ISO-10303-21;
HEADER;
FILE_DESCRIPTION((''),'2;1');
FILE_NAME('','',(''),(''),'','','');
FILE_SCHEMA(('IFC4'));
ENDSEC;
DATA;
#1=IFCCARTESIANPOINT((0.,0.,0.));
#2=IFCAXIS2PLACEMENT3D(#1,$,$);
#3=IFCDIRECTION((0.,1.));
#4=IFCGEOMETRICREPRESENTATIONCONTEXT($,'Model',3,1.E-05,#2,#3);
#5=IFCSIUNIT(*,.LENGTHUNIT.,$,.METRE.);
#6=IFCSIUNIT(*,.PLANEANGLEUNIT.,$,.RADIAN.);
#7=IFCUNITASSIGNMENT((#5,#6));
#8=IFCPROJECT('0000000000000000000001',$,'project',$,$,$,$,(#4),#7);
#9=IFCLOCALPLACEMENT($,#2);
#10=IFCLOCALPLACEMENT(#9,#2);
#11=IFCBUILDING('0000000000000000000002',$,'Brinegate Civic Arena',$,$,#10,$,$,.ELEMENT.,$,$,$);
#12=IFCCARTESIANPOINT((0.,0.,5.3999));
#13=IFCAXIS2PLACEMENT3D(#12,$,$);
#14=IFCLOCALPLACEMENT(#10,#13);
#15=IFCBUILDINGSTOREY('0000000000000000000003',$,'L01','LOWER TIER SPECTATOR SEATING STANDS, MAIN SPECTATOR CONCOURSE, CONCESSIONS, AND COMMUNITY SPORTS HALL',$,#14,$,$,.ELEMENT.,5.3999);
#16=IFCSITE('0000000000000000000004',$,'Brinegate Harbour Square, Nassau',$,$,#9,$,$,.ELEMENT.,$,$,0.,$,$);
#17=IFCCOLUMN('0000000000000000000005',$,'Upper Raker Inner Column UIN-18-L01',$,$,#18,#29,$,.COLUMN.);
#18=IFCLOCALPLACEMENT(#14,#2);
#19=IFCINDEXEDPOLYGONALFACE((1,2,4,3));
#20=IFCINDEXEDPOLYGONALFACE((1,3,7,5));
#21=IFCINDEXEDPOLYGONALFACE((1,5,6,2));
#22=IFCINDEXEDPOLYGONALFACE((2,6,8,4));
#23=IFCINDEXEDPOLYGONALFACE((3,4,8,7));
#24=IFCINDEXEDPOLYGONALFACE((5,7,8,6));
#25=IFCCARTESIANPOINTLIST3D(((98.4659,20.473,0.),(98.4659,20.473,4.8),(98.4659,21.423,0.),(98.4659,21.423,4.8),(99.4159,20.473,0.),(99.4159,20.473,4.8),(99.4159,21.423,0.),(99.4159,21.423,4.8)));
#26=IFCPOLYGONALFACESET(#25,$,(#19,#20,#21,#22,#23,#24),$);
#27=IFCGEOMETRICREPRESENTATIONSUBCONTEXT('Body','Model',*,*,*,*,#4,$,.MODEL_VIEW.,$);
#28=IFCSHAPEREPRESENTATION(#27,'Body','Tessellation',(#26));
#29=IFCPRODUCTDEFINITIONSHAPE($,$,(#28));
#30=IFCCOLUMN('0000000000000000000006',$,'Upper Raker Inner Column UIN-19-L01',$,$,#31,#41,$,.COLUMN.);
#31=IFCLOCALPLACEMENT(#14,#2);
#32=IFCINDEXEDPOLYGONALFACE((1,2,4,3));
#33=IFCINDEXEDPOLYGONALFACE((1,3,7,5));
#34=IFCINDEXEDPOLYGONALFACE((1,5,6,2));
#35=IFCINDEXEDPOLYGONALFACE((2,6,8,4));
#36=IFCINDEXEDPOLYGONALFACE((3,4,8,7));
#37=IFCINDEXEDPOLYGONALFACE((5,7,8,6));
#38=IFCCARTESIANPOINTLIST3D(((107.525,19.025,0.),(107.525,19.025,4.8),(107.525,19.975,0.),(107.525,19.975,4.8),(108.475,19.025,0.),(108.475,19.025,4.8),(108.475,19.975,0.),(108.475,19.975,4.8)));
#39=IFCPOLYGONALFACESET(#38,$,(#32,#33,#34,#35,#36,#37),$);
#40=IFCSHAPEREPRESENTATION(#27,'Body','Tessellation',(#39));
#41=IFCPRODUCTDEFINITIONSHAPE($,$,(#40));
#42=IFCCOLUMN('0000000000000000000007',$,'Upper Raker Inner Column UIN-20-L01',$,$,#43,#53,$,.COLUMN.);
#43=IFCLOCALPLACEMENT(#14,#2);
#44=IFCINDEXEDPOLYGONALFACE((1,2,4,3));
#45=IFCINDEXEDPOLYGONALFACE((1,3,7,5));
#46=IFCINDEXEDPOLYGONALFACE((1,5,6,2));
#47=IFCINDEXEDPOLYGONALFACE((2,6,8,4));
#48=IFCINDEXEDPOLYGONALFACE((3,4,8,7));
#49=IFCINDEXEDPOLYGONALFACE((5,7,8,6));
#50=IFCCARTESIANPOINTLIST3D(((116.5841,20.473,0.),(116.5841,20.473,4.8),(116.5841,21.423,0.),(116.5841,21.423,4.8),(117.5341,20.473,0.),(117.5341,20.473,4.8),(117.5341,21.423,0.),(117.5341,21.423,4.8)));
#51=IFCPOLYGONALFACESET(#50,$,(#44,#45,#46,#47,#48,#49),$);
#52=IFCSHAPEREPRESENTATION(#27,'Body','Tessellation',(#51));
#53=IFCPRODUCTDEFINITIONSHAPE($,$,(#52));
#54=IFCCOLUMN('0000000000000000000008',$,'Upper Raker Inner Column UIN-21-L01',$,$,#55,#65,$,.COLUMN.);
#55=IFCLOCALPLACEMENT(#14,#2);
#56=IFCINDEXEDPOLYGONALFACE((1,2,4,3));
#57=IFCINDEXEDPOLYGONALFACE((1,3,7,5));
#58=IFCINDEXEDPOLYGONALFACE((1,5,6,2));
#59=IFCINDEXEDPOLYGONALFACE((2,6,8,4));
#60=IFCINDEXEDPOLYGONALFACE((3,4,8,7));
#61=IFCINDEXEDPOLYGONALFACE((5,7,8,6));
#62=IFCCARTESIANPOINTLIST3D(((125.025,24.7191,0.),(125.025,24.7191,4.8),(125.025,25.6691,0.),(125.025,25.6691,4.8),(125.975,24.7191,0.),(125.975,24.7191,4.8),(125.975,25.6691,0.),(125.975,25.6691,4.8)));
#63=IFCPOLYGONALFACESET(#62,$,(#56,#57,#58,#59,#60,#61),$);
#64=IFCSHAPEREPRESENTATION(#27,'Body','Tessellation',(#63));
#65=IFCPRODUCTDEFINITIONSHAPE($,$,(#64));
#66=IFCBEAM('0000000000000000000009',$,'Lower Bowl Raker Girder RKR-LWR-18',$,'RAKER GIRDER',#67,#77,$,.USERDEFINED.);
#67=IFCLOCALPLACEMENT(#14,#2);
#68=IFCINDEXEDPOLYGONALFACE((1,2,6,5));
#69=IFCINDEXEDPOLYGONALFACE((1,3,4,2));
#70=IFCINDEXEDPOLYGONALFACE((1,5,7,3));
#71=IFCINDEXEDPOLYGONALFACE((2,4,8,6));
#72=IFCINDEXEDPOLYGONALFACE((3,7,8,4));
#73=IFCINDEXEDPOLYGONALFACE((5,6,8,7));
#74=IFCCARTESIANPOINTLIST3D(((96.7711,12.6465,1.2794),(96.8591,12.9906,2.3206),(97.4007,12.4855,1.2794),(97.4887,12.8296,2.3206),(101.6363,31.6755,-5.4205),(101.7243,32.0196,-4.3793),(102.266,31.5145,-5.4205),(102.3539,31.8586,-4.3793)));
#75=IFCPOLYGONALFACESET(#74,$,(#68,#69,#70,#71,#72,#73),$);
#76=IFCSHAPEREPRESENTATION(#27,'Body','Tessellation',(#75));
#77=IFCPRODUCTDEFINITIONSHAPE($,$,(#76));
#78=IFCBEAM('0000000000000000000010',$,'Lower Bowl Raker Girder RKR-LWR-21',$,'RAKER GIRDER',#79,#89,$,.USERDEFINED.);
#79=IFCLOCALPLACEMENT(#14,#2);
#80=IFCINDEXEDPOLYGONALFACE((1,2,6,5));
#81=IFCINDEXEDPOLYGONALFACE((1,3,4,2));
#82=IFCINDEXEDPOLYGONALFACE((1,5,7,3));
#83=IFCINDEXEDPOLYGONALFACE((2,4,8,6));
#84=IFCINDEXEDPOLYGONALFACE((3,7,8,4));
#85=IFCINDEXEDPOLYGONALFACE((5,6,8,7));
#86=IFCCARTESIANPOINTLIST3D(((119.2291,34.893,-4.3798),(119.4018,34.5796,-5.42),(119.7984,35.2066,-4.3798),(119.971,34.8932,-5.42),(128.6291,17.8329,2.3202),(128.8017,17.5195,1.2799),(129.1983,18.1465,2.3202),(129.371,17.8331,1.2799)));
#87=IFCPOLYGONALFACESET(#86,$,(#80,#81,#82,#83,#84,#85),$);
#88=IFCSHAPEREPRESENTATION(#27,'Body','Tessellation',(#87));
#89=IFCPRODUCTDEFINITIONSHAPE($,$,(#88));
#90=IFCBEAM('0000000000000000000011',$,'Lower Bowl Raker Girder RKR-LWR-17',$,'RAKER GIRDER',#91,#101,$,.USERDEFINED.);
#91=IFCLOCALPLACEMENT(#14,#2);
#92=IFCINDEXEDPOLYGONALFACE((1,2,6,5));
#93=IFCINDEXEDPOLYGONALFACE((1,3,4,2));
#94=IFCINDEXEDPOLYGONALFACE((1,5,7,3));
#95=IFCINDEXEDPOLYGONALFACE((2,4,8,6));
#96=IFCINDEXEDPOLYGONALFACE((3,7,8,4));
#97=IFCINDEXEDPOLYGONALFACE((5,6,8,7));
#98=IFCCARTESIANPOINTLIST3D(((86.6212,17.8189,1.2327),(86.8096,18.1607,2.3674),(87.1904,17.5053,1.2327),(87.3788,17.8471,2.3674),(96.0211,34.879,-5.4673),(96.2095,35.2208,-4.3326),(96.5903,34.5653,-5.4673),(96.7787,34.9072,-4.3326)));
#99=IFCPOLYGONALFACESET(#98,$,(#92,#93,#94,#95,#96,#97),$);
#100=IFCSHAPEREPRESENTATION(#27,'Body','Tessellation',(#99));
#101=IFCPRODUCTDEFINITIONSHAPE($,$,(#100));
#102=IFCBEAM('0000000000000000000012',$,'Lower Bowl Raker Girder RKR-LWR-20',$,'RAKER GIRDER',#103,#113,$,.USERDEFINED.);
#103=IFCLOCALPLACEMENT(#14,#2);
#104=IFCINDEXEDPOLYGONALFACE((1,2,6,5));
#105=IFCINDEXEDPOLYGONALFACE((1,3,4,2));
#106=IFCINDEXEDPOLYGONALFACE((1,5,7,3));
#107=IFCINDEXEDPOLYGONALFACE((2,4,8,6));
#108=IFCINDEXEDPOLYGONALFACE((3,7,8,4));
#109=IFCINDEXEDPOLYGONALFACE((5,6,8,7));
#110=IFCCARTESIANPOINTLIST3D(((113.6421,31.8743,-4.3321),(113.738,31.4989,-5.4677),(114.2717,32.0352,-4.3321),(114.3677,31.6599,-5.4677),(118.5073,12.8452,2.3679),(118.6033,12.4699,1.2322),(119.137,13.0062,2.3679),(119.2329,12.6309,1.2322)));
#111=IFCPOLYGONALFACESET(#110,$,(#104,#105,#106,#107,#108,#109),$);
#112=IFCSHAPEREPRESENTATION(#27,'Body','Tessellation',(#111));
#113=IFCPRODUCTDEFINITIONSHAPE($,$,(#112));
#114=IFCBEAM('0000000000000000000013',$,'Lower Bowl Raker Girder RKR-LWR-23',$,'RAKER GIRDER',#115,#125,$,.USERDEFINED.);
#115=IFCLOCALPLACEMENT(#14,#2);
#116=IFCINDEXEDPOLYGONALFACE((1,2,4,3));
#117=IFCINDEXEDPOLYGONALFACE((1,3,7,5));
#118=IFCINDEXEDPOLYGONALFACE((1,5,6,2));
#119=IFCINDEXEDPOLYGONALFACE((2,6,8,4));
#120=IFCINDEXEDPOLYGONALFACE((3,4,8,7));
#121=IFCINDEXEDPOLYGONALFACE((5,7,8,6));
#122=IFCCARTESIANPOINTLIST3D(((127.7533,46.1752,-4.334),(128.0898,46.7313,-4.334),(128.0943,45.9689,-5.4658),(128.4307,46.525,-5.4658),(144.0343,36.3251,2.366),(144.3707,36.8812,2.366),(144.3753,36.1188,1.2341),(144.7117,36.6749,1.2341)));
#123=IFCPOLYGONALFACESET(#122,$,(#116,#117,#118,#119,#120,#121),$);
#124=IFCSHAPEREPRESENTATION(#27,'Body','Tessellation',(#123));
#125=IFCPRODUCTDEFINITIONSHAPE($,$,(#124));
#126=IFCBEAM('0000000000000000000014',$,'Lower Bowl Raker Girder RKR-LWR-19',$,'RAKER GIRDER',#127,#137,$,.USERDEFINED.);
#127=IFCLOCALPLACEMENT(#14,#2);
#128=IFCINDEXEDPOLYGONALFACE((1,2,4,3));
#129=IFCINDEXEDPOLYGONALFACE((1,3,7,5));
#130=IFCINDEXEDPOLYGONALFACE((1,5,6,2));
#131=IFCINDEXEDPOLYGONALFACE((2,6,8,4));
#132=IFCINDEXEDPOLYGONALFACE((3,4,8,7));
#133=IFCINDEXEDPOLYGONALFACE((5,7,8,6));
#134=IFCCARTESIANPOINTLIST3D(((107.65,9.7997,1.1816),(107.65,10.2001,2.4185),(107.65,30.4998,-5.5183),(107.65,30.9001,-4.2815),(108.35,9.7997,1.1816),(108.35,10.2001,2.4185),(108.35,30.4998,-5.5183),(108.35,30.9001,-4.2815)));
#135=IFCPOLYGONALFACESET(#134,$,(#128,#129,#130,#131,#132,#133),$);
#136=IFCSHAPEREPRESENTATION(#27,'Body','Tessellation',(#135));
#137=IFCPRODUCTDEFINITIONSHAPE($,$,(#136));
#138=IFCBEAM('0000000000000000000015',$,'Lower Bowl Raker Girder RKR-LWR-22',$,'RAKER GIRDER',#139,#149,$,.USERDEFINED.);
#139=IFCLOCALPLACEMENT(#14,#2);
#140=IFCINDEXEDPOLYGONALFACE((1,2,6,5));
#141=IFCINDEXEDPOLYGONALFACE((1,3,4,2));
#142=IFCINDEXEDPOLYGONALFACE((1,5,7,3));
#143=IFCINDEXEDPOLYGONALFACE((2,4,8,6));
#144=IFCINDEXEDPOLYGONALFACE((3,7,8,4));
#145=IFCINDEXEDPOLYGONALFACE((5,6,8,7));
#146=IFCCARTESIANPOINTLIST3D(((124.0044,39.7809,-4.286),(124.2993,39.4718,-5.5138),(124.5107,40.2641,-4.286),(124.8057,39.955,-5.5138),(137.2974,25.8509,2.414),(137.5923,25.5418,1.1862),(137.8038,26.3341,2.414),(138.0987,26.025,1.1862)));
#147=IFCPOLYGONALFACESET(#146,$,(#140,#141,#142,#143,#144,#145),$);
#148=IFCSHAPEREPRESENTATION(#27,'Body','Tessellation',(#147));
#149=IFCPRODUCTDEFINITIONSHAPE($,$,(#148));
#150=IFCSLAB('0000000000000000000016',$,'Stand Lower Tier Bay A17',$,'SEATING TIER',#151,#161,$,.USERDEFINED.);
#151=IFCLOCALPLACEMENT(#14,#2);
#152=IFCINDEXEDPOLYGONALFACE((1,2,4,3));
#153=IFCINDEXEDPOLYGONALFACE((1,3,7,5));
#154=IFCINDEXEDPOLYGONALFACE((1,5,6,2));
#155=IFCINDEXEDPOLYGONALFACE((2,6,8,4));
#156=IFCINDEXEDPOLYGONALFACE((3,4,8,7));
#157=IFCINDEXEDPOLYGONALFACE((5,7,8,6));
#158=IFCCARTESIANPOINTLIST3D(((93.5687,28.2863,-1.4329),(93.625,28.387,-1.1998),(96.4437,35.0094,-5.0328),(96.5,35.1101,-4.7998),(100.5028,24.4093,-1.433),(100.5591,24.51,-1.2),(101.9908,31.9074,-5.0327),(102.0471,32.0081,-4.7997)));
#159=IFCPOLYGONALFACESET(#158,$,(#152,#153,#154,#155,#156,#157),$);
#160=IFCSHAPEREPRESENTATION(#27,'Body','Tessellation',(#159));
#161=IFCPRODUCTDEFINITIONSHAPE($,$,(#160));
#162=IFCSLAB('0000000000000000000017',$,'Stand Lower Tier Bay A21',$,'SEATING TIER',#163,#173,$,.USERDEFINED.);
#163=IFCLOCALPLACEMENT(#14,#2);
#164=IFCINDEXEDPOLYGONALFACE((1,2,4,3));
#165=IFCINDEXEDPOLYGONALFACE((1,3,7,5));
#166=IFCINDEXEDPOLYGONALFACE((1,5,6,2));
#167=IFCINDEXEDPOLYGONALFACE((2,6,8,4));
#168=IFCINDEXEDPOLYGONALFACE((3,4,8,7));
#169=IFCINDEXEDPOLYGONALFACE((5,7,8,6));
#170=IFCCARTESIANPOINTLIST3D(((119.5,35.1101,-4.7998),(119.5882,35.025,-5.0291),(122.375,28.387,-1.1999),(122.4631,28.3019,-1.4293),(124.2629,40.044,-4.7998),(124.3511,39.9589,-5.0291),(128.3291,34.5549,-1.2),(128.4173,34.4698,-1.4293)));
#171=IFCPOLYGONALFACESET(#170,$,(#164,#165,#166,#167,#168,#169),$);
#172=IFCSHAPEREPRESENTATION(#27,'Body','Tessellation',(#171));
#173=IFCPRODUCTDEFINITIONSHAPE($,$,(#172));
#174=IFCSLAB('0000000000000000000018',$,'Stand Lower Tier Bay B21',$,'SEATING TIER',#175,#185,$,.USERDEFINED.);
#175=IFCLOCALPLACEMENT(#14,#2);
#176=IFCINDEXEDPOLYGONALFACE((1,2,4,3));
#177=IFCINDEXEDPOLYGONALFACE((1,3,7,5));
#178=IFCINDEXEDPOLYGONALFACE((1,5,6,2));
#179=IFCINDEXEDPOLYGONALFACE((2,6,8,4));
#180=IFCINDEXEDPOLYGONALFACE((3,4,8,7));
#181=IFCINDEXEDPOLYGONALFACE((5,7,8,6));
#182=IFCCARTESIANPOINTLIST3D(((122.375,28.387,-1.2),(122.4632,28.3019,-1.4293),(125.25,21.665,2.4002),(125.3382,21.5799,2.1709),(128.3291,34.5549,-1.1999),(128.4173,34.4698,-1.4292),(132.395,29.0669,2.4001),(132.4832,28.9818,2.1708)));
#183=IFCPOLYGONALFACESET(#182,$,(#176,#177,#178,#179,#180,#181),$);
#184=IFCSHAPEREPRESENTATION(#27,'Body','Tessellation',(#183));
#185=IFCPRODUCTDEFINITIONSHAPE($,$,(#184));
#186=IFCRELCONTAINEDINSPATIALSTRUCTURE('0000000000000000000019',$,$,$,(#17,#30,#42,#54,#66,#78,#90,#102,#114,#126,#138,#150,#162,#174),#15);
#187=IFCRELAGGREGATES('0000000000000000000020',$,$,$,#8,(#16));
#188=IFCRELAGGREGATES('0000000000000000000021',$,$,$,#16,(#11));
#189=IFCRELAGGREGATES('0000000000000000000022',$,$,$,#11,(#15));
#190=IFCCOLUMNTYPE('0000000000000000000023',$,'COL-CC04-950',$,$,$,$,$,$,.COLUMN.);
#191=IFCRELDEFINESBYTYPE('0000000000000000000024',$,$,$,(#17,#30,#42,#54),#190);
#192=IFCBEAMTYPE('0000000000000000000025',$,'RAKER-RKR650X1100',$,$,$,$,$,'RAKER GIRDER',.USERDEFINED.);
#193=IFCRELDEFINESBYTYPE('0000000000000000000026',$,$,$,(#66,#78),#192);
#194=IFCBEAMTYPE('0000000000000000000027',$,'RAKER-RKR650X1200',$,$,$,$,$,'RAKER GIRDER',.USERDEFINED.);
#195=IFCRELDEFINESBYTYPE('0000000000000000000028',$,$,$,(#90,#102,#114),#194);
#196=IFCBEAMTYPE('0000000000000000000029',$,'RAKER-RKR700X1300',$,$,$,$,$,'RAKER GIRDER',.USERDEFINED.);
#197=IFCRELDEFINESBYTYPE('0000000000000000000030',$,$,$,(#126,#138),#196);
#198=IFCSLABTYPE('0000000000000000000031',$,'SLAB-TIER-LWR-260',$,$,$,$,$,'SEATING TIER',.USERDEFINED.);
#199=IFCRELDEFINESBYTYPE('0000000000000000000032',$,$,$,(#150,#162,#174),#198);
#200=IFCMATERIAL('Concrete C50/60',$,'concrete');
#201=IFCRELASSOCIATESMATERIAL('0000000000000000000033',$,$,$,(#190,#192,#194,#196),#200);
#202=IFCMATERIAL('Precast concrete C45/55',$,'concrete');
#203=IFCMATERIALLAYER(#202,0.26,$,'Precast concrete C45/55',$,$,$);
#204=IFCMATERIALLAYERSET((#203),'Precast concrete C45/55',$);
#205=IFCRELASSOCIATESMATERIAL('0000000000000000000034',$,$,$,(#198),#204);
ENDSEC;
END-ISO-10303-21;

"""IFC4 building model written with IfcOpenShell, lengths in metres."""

from ifc_helpers import new_model, si_unit, direction, frame, origin, origin_2d, place, context, subcontext, project, spatial, polyline, rectangle, outline, extrude, material, layer, layer_set, material_profile, profile_set, type_object, element, save


model = new_model("IFC4")

# Units and contexts
model_context = context("Model", 3, precision=1e-05, world=origin(), true_north=direction((0.0, 1.0)))
body_context = subcontext(model_context, "Body", "Model", "MODEL_VIEW")
ifc_project = project(units=[si_unit("LENGTHUNIT", "METRE"), si_unit("PLANEANGLEUNIT", "RADIAN")], contexts=[model_context])

# Site, building, storey
site_placement = place(None, origin())
site = spatial("IfcSite", under=ifc_project, at=site_placement, Name="Brinegate Harbour Square, Nassau", CompositionType="ELEMENT", RefElevation=0.0)
building_placement = place(site_placement, origin())
building = spatial("IfcBuilding", under=site, at=building_placement, Name="Brinegate Civic Arena", CompositionType="ELEMENT")
storey_placement = place(building_placement, frame((0.0, 0.0, 5.3999)))
storey = spatial("IfcBuildingStorey", under=building, at=storey_placement, Name="L01", Description="LOWER TIER SPECTATOR SEATING STANDS, MAIN SPECTATOR CONCOURSE, CONCESSIONS, AND COMMUNITY SPORTS HALL", CompositionType="ELEMENT", Elevation=5.3999)

# Columns
ifc_material_1 = material(Name="Concrete C50/60", Category="concrete")
ifc_material_profile_1 = material_profile(ifc_material_1, rectangle(XDim=0.95, YDim=0.95, at=origin_2d()), Name="RC950X950")
ifc_profile_set_1 = profile_set([ifc_material_profile_1], Name="Concrete C50/60")
column_type = type_object("IfcColumnType", Name="COL-CC04-950", PredefinedType="COLUMN", material=ifc_profile_set_1)
for number, where, z_axis, x_axis, name in (
    (1, (98.9409, 20.948, 0.0), (0.0, 0.0, 1.0), (1.0, 0.0, 0.0), "Upper Raker Inner Column UIN-18-L01"),
    (2, (108.0, 19.5, 0.0), (0.0, 0.0, 1.0), (1.0, 0.0, 0.0), "Upper Raker Inner Column UIN-19-L01"),
    (3, (117.0591, 20.948, 0.0), (0.0, 0.0, 1.0), (1.0, 0.0, 0.0), "Upper Raker Inner Column UIN-20-L01"),
    (4, (125.5, 25.1941, 0.0), (0.0, 0.0, 1.0), (1.0, 0.0, 0.0), "Upper Raker Inner Column UIN-21-L01"),
):
    element("IfcColumn", number, at=place(storey_placement, frame(where, z_axis=z_axis, x_axis=x_axis)), inside=storey, type_object=column_type, Name=name, PredefinedType="COLUMN", context=body_context, shape_type="SweptSolid", body=[
        extrude(rectangle(XDim=0.95, YDim=0.95, at=origin_2d()), origin(), (0.0, 0.0, 1.0), 4.8),
    ])

# Beams
ifc_material_profile_2 = material_profile(ifc_material_1, rectangle(XDim=0.6499, YDim=1.1001, at=origin_2d()), Name="RKR650X1100")
ifc_profile_set_2 = profile_set([ifc_material_profile_2], Name="Concrete C50/60")
beam_type_1 = type_object("IfcBeamType", Name="RAKER-RKR650X1100", ElementType="RAKER GIRDER", PredefinedType="USERDEFINED", material=ifc_profile_set_2)
beam_1_placement = place(storey_placement, frame((101.9951, 31.7671, -4.8999), z_axis=(-0.234441, -0.916954, 0.322851), x_axis=(0.968835, -0.247706, 0.0)))
element("IfcBeam", 5, at=beam_1_placement, inside=storey, type_object=beam_type_1, Name="Lower Bowl Raker Girder RKR-LWR-18", ObjectType="RAKER GIRDER", PredefinedType="USERDEFINED", context=body_context, shape_type="SweptSolid", body=[
    extrude(rectangle(XDim=0.6499, YDim=1.1001, at=origin_2d()), origin(), (0.0, 0.0, 1.0), 20.7524),
])
beam_2_placement = place(storey_placement, frame((119.6001, 34.8931, -4.8999), z_axis=(0.456342, -0.828223, 0.325266), x_axis=(0.87585, 0.482584, 0.0)))
element("IfcBeam", 6, at=beam_2_placement, inside=storey, type_object=beam_type_1, Name="Lower Bowl Raker Girder RKR-LWR-21", ObjectType="RAKER GIRDER", PredefinedType="USERDEFINED", context=body_context, shape_type="SweptSolid", body=[
    extrude(rectangle(XDim=0.6499, YDim=1.1001, at=origin_2d()), origin(), (0.0, 0.0, 1.0), 20.5984),
])
ifc_material_profile_3 = material_profile(ifc_material_1, rectangle(XDim=0.6499, YDim=1.2, at=origin_2d()), Name="RKR650X1200")
ifc_profile_set_3 = profile_set([ifc_material_profile_3], Name="Concrete C50/60")
beam_type_2 = type_object("IfcBeamType", Name="RAKER-RKR650X1200", ElementType="RAKER GIRDER", PredefinedType="USERDEFINED", material=ifc_profile_set_3)
beam_3_placement = place(storey_placement, frame((96.3999, 34.8931, -4.8999), z_axis=(-0.456342, -0.828223, 0.325266), x_axis=(0.87585, -0.482584, 0.0)))
element("IfcBeam", 7, at=beam_3_placement, inside=storey, type_object=beam_type_2, Name="Lower Bowl Raker Girder RKR-LWR-17", ObjectType="RAKER GIRDER", PredefinedType="USERDEFINED", context=body_context, shape_type="SweptSolid", body=[
    extrude(rectangle(XDim=0.6499, YDim=1.2, at=origin_2d()), origin(), (0.0, 0.0, 1.0), 20.5984),
])
beam_4_placement = place(storey_placement, frame((114.0049, 31.7671, -4.8999), z_axis=(0.234441, -0.916954, 0.322851), x_axis=(0.968835, 0.247706, 0.0)))
element("IfcBeam", 8, at=beam_4_placement, inside=storey, type_object=beam_type_2, Name="Lower Bowl Raker Girder RKR-LWR-20", ObjectType="RAKER GIRDER", PredefinedType="USERDEFINED", context=body_context, shape_type="SweptSolid", body=[
    extrude(rectangle(XDim=0.6499, YDim=1.2, at=origin_2d()), origin(), (0.0, 0.0, 1.0), 20.7524),
])
beam_5_placement = place(storey_placement, frame((128.092, 46.3501, -4.8999), z_axis=(0.807034, -0.48826, 0.33211), x_axis=(0.517641, 0.855598, 0.0)))
element("IfcBeam", 9, at=beam_5_placement, inside=storey, type_object=beam_type_2, Name="Lower Bowl Raker Girder RKR-LWR-23", ObjectType="RAKER GIRDER", PredefinedType="USERDEFINED", context=body_context, shape_type="SweptSolid", body=[
    extrude(rectangle(XDim=0.6499, YDim=1.2, at=origin_2d()), origin(), (0.0, 0.0, 1.0), 20.1738),
])
ifc_material_profile_4 = material_profile(ifc_material_1, rectangle(XDim=0.7, YDim=1.3, at=origin_2d()), Name="RKR700X1300")
ifc_profile_set_4 = profile_set([ifc_material_profile_4], Name="Concrete C50/60")
beam_type_3 = type_object("IfcBeamType", Name="RAKER-RKR700X1300", ElementType="RAKER GIRDER", PredefinedType="USERDEFINED", material=ifc_profile_set_4)
beam_6_placement = place(storey_placement, frame((108.0, 30.7, -4.8999), z_axis=(0.0, -0.951405, 0.307941), x_axis=(1.0, 0.0, 0.0)))
element("IfcBeam", 10, at=beam_6_placement, inside=storey, type_object=beam_type_3, Name="Lower Bowl Raker Girder RKR-LWR-19", ObjectType="RAKER GIRDER", PredefinedType="USERDEFINED", context=body_context, shape_type="SweptSolid", body=[
    extrude(rectangle(XDim=0.7, YDim=1.3, at=origin_2d()), origin(), (0.0, 0.0, 1.0), 21.7573),
])
beam_7_placement = place(storey_placement, frame((124.405, 39.8679, -4.8999), z_axis=(0.652027, -0.683271, 0.328636), x_axis=(0.723454, 0.690373, 0.0)))
element("IfcBeam", 11, at=beam_7_placement, inside=storey, type_object=beam_type_3, Name="Lower Bowl Raker Girder RKR-LWR-22", ObjectType="RAKER GIRDER", PredefinedType="USERDEFINED", context=body_context, shape_type="SweptSolid", body=[
    extrude(rectangle(XDim=0.7, YDim=1.3, at=origin_2d()), origin(), (0.0, 0.0, 1.0), 20.3872),
])

# Slabs
ifc_material_2 = material(Name="Precast concrete C45/55", Category="concrete")
ifc_layer = layer(ifc_material_2, 0.26, Name="Precast concrete C45/55")
ifc_layer_set = layer_set([ifc_layer], Name="Precast concrete C45/55")
slab_type = type_object("IfcSlabType", Name="SLAB-TIER-LWR-260", ElementType="SEATING TIER", PredefinedType="USERDEFINED", material=ifc_layer_set)
slab_1_placement = place(storey_placement, frame((96.5, 35.1101, -4.7998), z_axis=(0.216545, 0.387268, 0.896176), x_axis=(0.872801, -0.488076, 0.000017)))
element("IfcSlab", 12, at=slab_1_placement, inside=storey, type_object=slab_type, Name="Stand Lower Tier Bay A17", ObjectType="SEATING TIER", PredefinedType="USERDEFINED", context=body_context, shape_type="SweptSolid", body=[
    extrude(outline(polyline([(0.0, 0.0), (6.3556, 0.0), (8.7165, -8.1129), (0.7722, -8.1135), (0.0, 0.0)])), origin(), (0.0, 0.0, -1.0), 0.26),
])
slab_2_placement = place(storey_placement, frame((119.5, 35.1101, -4.7998), z_axis=(-0.339037, 0.327287, 0.882007), x_axis=(0.694535, 0.719459, 0.000004)))
element("IfcSlab", 13, at=slab_2_placement, inside=storey, type_object=slab_type, Name="Stand Lower Tier Bay A21", ObjectType="SEATING TIER", PredefinedType="USERDEFINED", context=body_context, shape_type="SweptSolid", body=[
    extrude(outline(polyline([(0.0, 0.0), (6.8577, 0.0), (5.7327, -7.6391), (-2.8402, -7.6393), (0.0, 0.0)])), origin(), (0.0, 0.0, -1.0), 0.26),
])
slab_3_placement = place(storey_placement, frame((122.375, 28.387, -1.2), z_axis=(-0.339095, 0.327332, 0.881968), x_axis=(0.694522, 0.719471, 0.000003)))
element("IfcSlab", 14, at=slab_3_placement, inside=storey, type_object=slab_type, Name="Stand Lower Tier Bay B21", ObjectType="SEATING TIER", PredefinedType="USERDEFINED", context=body_context, shape_type="SweptSolid", body=[
    extrude(outline(polyline([(0.0, 0.0), (8.5729, 0.0), (7.4483, -7.6385), (-2.8395, -7.6386), (0.0, 0.0)])), origin(), (0.0, 0.0, -1.0), 0.26),
])

save(model, "model.ifc")
